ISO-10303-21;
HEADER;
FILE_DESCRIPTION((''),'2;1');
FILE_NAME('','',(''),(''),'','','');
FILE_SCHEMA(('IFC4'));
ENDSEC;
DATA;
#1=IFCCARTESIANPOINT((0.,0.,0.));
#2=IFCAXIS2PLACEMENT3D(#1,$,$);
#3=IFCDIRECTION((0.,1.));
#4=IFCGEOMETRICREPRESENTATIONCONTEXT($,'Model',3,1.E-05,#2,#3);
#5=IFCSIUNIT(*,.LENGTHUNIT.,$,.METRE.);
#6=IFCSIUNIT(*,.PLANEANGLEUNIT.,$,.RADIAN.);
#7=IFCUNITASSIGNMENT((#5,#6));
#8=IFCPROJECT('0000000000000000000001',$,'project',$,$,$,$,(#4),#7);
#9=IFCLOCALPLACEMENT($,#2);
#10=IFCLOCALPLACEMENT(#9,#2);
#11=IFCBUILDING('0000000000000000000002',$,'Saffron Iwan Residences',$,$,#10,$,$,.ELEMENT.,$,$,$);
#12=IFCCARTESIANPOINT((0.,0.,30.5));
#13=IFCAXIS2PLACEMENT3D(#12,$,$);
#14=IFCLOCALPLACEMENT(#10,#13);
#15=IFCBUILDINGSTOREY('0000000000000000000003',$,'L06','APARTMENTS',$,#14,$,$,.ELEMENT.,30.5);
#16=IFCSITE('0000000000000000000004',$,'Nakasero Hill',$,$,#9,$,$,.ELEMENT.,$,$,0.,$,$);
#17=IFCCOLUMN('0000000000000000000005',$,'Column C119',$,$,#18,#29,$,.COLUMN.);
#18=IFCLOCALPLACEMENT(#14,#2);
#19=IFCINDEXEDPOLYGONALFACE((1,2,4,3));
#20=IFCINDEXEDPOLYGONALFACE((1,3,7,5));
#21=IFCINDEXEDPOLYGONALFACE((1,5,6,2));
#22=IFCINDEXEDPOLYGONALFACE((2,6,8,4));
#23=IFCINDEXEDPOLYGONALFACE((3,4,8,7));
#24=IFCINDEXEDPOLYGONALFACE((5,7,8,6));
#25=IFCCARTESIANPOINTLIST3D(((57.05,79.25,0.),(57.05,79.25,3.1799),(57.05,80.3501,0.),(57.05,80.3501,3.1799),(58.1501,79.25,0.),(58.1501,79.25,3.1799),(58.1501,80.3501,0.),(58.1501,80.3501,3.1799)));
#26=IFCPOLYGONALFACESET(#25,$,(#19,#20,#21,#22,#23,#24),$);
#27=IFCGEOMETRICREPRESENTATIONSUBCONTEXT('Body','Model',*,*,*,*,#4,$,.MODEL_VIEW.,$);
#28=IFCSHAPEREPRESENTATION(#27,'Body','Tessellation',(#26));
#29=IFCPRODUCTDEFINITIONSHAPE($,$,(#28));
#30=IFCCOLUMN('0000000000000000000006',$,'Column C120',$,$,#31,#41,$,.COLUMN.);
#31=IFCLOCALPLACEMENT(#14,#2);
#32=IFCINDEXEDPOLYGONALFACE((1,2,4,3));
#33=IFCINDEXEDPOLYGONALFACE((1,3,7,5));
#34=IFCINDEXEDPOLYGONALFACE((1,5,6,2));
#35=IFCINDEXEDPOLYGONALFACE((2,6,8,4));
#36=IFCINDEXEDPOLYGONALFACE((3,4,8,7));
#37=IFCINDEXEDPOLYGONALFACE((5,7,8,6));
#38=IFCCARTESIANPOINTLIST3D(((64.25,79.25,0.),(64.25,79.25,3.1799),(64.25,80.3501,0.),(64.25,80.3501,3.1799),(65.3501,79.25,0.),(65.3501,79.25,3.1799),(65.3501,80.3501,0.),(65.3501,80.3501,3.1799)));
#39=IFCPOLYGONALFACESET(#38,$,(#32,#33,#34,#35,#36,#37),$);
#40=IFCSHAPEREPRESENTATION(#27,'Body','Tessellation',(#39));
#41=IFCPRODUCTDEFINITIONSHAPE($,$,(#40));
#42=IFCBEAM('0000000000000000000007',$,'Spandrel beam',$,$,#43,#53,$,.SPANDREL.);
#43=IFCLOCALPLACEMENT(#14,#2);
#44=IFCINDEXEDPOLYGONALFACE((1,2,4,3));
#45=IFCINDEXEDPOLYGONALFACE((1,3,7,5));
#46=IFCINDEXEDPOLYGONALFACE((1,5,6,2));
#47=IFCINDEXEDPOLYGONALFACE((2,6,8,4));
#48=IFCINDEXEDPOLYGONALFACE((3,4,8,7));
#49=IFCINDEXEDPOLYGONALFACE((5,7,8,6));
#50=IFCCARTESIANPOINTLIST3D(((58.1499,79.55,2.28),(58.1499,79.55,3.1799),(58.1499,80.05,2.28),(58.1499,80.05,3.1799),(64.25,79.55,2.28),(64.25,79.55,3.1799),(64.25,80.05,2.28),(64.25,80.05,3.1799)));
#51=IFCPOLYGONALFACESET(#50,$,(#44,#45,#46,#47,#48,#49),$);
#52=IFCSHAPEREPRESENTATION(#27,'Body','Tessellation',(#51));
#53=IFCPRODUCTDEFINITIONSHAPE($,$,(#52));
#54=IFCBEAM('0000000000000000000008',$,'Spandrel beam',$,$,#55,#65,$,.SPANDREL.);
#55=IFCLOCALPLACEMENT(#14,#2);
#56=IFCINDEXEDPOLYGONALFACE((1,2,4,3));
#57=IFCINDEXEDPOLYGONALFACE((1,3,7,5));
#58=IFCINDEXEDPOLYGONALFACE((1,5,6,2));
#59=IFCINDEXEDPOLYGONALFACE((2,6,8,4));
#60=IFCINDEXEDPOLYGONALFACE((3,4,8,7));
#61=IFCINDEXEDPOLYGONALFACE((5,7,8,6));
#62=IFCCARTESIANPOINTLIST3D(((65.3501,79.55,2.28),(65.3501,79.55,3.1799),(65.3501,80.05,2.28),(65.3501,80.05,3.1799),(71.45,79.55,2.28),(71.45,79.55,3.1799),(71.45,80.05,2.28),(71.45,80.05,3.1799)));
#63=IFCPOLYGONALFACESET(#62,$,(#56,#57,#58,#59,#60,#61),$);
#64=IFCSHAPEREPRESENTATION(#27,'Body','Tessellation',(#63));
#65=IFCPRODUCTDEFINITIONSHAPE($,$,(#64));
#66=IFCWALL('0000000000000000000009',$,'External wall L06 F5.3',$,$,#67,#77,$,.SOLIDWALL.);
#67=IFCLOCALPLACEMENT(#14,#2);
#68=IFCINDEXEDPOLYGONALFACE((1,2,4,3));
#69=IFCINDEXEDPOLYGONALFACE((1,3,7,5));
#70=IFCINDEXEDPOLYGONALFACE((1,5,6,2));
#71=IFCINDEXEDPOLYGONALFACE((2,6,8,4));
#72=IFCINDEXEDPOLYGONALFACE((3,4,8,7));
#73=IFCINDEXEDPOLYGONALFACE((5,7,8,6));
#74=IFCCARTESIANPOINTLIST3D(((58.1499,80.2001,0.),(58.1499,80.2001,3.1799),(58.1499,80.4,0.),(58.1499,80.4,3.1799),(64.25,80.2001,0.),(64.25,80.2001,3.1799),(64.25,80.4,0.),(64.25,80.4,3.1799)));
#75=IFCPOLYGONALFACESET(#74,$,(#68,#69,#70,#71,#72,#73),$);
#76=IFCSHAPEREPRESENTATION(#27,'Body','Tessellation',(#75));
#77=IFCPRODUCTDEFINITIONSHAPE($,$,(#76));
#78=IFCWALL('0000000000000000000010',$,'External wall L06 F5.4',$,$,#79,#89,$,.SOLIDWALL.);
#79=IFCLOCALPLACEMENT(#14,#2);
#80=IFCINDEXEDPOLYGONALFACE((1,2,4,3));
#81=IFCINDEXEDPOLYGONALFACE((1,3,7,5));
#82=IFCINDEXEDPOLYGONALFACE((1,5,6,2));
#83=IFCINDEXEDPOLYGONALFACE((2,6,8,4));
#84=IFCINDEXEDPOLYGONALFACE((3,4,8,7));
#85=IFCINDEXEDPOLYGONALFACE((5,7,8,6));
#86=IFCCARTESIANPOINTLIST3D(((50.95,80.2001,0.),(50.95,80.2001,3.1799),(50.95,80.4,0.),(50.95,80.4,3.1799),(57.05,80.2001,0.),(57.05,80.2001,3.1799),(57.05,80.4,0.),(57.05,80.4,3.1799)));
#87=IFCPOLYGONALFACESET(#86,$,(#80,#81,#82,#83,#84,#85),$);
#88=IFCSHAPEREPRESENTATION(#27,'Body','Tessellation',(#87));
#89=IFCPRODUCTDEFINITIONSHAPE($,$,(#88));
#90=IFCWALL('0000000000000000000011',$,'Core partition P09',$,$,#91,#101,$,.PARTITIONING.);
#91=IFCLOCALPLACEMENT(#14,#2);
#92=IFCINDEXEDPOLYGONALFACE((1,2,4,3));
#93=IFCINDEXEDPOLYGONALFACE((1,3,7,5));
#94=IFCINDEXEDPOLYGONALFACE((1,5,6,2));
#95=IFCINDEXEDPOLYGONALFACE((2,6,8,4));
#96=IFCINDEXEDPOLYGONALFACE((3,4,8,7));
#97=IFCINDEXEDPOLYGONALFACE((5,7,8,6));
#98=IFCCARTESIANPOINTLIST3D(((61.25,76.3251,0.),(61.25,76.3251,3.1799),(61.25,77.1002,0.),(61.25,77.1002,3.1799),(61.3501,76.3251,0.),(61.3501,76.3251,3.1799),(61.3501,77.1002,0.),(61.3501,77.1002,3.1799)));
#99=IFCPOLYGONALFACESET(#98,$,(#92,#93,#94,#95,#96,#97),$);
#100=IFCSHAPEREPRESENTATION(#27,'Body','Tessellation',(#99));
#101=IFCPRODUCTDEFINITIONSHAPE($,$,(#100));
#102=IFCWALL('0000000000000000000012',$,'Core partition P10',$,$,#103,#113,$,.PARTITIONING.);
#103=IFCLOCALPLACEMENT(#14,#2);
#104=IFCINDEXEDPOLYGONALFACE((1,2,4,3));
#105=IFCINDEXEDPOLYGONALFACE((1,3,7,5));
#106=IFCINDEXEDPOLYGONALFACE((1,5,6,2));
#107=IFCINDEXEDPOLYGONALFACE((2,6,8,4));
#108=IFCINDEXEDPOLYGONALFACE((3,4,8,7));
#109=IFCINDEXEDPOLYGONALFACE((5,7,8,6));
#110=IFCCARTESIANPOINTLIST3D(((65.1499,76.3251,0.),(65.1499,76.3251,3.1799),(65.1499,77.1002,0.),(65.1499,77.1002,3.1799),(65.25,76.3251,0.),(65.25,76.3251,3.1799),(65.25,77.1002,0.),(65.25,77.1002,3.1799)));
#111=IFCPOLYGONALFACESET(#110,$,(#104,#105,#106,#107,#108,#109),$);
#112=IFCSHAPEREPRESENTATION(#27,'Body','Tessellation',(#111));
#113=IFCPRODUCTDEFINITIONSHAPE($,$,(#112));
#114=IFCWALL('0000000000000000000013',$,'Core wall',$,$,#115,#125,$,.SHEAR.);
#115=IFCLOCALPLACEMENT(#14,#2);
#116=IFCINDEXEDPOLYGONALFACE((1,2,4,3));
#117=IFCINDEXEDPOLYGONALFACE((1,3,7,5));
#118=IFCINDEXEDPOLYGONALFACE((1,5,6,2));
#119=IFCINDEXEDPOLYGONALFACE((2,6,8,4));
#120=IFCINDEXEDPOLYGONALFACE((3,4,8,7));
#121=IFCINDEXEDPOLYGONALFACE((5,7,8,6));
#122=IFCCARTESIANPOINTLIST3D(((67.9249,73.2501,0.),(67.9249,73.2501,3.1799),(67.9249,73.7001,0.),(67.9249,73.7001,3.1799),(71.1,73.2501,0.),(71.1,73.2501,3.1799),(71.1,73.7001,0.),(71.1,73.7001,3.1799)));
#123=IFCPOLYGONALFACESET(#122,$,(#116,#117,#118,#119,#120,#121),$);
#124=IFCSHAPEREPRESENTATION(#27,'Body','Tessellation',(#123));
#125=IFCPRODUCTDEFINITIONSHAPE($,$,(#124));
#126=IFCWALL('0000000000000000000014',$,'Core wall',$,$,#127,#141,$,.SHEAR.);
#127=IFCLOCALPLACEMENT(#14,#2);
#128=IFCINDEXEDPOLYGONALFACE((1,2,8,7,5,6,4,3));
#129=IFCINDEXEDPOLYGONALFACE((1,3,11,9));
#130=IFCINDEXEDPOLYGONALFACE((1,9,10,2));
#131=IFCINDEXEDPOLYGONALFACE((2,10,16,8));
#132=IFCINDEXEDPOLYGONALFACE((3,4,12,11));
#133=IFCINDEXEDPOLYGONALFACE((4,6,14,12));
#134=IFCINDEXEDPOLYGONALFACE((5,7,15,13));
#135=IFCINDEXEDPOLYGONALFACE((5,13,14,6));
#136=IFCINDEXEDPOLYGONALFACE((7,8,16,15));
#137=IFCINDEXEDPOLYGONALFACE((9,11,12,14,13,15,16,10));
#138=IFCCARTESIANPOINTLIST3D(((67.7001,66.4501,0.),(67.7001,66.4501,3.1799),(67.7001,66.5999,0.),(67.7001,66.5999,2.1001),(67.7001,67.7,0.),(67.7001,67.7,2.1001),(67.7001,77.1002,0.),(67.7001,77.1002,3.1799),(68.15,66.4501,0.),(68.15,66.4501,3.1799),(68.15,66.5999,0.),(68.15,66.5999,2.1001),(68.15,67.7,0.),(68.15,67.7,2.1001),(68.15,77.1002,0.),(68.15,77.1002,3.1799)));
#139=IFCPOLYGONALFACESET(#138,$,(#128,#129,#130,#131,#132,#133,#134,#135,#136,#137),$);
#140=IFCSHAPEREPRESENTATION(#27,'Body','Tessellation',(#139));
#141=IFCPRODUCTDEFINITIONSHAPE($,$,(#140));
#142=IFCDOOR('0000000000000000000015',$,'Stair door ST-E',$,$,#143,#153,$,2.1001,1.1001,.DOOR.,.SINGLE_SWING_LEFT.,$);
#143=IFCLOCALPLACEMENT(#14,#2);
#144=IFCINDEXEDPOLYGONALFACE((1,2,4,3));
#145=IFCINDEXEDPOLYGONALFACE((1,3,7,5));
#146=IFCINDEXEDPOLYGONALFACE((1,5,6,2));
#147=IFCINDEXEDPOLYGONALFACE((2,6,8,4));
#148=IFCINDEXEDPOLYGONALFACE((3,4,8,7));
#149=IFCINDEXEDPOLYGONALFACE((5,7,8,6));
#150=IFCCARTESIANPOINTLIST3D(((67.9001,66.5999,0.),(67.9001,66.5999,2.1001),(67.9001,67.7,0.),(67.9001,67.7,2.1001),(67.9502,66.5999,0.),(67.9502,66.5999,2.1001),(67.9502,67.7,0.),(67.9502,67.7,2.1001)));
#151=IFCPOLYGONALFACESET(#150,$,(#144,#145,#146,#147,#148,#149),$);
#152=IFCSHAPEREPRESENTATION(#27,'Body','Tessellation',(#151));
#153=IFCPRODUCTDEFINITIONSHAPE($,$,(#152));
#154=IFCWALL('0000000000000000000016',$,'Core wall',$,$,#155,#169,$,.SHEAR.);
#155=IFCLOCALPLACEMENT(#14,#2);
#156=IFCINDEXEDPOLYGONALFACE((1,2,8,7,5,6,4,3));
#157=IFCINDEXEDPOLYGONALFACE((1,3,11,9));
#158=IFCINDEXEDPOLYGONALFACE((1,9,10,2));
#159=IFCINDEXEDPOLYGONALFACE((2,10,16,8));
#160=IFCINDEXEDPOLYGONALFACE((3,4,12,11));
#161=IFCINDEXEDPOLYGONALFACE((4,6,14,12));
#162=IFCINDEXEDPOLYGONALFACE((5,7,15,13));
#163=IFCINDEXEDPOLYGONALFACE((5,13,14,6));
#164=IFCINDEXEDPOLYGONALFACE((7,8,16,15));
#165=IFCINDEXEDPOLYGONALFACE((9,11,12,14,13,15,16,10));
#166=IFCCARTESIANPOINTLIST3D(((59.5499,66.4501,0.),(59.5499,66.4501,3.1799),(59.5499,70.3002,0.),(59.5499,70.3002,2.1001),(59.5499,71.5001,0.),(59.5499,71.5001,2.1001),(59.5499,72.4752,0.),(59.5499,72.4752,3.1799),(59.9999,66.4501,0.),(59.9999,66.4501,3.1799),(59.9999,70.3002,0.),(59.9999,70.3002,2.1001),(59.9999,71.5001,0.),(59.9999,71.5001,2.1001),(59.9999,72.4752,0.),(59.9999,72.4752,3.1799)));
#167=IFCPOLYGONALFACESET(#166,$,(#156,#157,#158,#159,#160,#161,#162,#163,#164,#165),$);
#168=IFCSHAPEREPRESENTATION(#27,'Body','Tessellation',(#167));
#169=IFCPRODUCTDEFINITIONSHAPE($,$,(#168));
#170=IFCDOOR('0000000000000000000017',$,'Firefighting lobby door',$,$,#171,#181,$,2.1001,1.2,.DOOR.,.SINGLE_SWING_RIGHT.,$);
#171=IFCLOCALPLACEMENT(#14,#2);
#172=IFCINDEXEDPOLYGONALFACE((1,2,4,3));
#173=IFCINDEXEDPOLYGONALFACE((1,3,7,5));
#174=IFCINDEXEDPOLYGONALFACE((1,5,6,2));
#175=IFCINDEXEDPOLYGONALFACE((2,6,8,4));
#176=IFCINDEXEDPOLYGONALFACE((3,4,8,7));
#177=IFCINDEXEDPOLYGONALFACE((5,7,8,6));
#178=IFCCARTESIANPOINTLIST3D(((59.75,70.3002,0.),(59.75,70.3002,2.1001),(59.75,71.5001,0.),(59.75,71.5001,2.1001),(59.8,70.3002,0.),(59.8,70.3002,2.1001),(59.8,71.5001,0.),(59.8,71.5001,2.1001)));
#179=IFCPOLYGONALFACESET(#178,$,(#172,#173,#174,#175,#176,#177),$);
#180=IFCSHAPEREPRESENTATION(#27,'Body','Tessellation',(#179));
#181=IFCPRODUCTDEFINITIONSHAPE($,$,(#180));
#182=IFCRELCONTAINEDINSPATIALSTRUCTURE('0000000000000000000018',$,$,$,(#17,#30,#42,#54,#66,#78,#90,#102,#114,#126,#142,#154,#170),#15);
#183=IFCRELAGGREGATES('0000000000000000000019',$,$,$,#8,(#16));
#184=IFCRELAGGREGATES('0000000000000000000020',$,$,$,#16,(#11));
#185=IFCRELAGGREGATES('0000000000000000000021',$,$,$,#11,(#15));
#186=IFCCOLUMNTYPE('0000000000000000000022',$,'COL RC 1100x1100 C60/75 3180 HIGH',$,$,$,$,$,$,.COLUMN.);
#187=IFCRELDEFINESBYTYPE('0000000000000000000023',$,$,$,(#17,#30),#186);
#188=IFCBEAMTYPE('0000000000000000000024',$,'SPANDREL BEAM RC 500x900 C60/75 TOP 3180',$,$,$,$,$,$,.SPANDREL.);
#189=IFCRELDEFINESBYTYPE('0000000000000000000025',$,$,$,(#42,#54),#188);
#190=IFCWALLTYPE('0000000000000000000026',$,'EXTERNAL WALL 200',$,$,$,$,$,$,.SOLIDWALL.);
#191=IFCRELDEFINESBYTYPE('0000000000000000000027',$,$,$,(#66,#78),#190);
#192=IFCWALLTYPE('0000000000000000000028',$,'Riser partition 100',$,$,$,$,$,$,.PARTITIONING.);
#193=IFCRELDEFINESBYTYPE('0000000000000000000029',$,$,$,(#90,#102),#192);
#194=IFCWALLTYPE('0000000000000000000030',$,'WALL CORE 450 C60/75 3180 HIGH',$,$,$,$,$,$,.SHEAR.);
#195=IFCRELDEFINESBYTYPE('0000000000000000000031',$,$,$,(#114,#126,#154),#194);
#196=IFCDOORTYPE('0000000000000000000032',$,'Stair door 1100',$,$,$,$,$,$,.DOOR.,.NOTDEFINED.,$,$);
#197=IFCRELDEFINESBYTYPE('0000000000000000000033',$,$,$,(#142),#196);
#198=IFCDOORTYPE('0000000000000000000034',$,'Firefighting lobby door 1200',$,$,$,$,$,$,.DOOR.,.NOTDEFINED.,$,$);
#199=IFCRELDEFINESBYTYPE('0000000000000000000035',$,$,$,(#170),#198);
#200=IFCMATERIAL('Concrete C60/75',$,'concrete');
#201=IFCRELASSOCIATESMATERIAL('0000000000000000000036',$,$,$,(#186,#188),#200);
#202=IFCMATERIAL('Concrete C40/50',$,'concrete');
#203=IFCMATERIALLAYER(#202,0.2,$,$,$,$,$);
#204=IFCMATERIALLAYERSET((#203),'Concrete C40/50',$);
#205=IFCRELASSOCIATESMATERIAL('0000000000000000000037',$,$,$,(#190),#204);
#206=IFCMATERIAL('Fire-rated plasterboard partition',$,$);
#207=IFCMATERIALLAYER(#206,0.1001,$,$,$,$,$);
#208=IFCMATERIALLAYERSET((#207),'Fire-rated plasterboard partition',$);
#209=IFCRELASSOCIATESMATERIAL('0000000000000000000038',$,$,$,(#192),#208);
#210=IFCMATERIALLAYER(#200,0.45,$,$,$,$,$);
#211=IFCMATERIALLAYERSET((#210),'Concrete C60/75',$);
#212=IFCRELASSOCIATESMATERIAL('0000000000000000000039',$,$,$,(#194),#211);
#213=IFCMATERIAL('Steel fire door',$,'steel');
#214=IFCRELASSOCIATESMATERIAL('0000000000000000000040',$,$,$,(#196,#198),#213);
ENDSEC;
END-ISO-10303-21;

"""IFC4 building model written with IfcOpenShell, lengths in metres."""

from ifc_helpers import new_model, si_unit, direction, frame, frame_2d, origin, origin_2d, place, context, subcontext, project, spatial, rectangle, extrude, source, transform, mapped, material, layer, layer_set, material_profile, profile_set, type_object, element, fill, save


model = new_model("IFC4")

# Units and contexts
model_context = context("Model", 3, precision=1e-05, world=origin(), true_north=direction((0.0, 1.0)))
body_context = subcontext(model_context, "Body", "Model", "MODEL_VIEW")
ifc_project = project(units=[si_unit("LENGTHUNIT", "METRE"), si_unit("PLANEANGLEUNIT", "RADIAN")], contexts=[model_context])

# Site, building, storey
site_placement = place(None, origin())
site = spatial("IfcSite", under=ifc_project, at=site_placement, Name="Nakasero Hill", CompositionType="ELEMENT", RefElevation=0.0)
building_placement = place(site_placement, origin())
building = spatial("IfcBuilding", under=site, at=building_placement, Name="Saffron Iwan Residences", CompositionType="ELEMENT")
storey_placement = place(building_placement, frame((0.0, 0.0, 30.5)))
storey = spatial("IfcBuildingStorey", under=building, at=storey_placement, Name="L06", Description="APARTMENTS", CompositionType="ELEMENT", Elevation=30.5)

# Columns
ifc_material_1 = material(Name="Concrete C60/75", Category="concrete")
ifc_material_profile_1 = material_profile(ifc_material_1, rectangle(XDim=1.1001, YDim=1.1001, at=origin_2d()), Name="RC 1100x1100")
ifc_profile_set_1 = profile_set([ifc_material_profile_1], Name="Concrete C60/75")
column_type = type_object("IfcColumnType", Name="COL RC 1100x1100 C60/75 3180 HIGH", PredefinedType="COLUMN", material=ifc_profile_set_1)
shared_shape_1 = source(origin(), body_context, "Body", "SweptSolid", [
    extrude(rectangle(XDim=1.1001, YDim=1.1001, at=origin_2d()), origin(), (0.0, 0.0, 1.0), 3.1799),
])
for number, where, z_axis, x_axis, name in (
    (1, (57.6001, 79.8, 0.0), (0.0, 0.0, 1.0), (1.0, 0.0, 0.0), "Column C119"),
    (2, (64.8, 79.8, 0.0), (0.0, 0.0, 1.0), (1.0, 0.0, 0.0), "Column C120"),
):
    element("IfcColumn", number, at=place(storey_placement, frame(where, z_axis=z_axis, x_axis=x_axis)), inside=storey, type_object=column_type, Name=name, PredefinedType="COLUMN", context=body_context, shape_type="MappedRepresentation", body=[
        mapped(shared_shape_1, transform((0.0, 0.0, 0.0))),
    ])

# Beams
ifc_material_profile_2 = material_profile(ifc_material_1, rectangle(XDim=0.5, YDim=0.8999, at=origin_2d()), Name="RC 500x900")
ifc_profile_set_2 = profile_set([ifc_material_profile_2], Name="Concrete C60/75")
beam_type = type_object("IfcBeamType", Name="SPANDREL BEAM RC 500x900 C60/75 TOP 3180", PredefinedType="SPANDREL", material=ifc_profile_set_2)
shared_shape_2 = source(origin(), body_context, "Body", "SweptSolid", [
    extrude(rectangle(XDim=0.5, YDim=0.8999, at=origin_2d()), origin(), (0.0, 0.0, 1.0), 6.1001),
])
beam_1_placement = place(storey_placement, frame((58.1499, 79.8, 2.73), z_axis=(1.0, 0.0, 0.0), x_axis=(0.0, 1.0, 0.0)))
element("IfcBeam", 3, at=beam_1_placement, inside=storey, type_object=beam_type, Name="Spandrel beam", PredefinedType="SPANDREL", context=body_context, shape_type="MappedRepresentation", body=[
    mapped(shared_shape_2, transform((0.0, 0.0, 0.0))),
])
shared_shape_3 = source(origin(), body_context, "Body", "SweptSolid", [
    extrude(rectangle(XDim=0.5, YDim=0.8999, at=origin_2d()), origin(), (0.0, 0.0, 1.0), 6.0999),
])
beam_2_placement = place(storey_placement, frame((65.3501, 79.8, 2.73), z_axis=(1.0, 0.0, 0.0), x_axis=(0.0, 1.0, 0.0)))
element("IfcBeam", 4, at=beam_2_placement, inside=storey, type_object=beam_type, Name="Spandrel beam", PredefinedType="SPANDREL", context=body_context, shape_type="MappedRepresentation", body=[
    mapped(shared_shape_3, transform((0.0, 0.0, 0.0))),
])

# Walls
ifc_material_2 = material(Name="Concrete C40/50", Category="concrete")
ifc_layer_1 = layer(ifc_material_2, 0.2)
ifc_layer_set_1 = layer_set([ifc_layer_1], Name="Concrete C40/50")
wall_type_1 = type_object("IfcWallType", Name="EXTERNAL WALL 200", PredefinedType="SOLIDWALL", material=ifc_layer_set_1)
for number, where, z_axis, x_axis, name in (
    (5, (64.25, 80.3, 0.0), (0.0, 0.0, 1.0), (-1.0, 0.0, 0.0), "External wall L06 F5.3"),
    (6, (57.05, 80.3, 0.0), (0.0, 0.0, 1.0), (-1.0, 0.0, 0.0), "External wall L06 F5.4"),
):
    element("IfcWall", number, at=place(storey_placement, frame(where, z_axis=z_axis, x_axis=x_axis)), inside=storey, type_object=wall_type_1, Name=name, PredefinedType="SOLIDWALL", context=body_context, shape_type="SweptSolid", body=[
        extrude(rectangle(XDim=6.1001, YDim=0.2, at=frame_2d((3.05, 0.0))), origin(), (0.0, 0.0, 1.0), 3.1799),
    ])
ifc_material_3 = material(Name="Fire-rated plasterboard partition")
ifc_layer_2 = layer(ifc_material_3, 0.1001)
ifc_layer_set_2 = layer_set([ifc_layer_2], Name="Fire-rated plasterboard partition")
wall_type_2 = type_object("IfcWallType", Name="Riser partition 100", PredefinedType="PARTITIONING", material=ifc_layer_set_2)
for number, where, z_axis, x_axis, name in (
    (7, (61.3, 76.325, 0.0), (0.0, 0.0, 1.0), (0.0, 1.0, 0.0), "Core partition P09"),
    (8, (65.2, 76.325, 0.0), (0.0, 0.0, 1.0), (0.0, 1.0, 0.0), "Core partition P10"),
):
    element("IfcWall", number, at=place(storey_placement, frame(where, z_axis=z_axis, x_axis=x_axis)), inside=storey, type_object=wall_type_2, Name=name, PredefinedType="PARTITIONING", context=body_context, shape_type="SweptSolid", body=[
        extrude(rectangle(XDim=0.7751, YDim=0.1001, at=frame_2d((0.3877, 0.0))), origin(), (0.0, 0.0, 1.0), 3.1799),
    ])
ifc_layer_3 = layer(ifc_material_1, 0.45)
ifc_layer_set_3 = layer_set([ifc_layer_3], Name="Concrete C60/75")
wall_type_3 = type_object("IfcWallType", Name="WALL CORE 450 C60/75 3180 HIGH", PredefinedType="SHEAR", material=ifc_layer_set_3)
wall_1_placement = place(storey_placement, frame((67.925, 73.4751, 0.0), z_axis=(0.0, 0.0, 1.0), x_axis=(1.0, 0.0, 0.0)))
element("IfcWall", 9, at=wall_1_placement, inside=storey, type_object=wall_type_3, Name="Core wall", PredefinedType="SHEAR", context=body_context, shape_type="SweptSolid", body=[
    extrude(rectangle(XDim=3.175, YDim=0.45, at=frame_2d((1.5874, 0.0))), origin(), (0.0, 0.0, 1.0), 3.1799),
])

# Walls, openings, doors
wall_2_placement = place(storey_placement, frame((67.925, 66.45, 0.0), z_axis=(0.0, 0.0, 1.0), x_axis=(0.0, 1.0, 0.0)))
wall_2 = element("IfcWall", 10, at=wall_2_placement, inside=storey, type_object=wall_type_3, Name="Core wall", PredefinedType="SHEAR", context=body_context, shape_type="SweptSolid", body=[
    extrude(rectangle(XDim=10.6501, YDim=0.45, at=frame_2d((5.3252, 0.0))), origin(), (0.0, 0.0, 1.0), 3.1799),
])
opening_1_placement = place(wall_2_placement, frame((0.1499, 0.0, 0.0)))
opening_1 = element("IfcOpeningElement", 11, at=opening_1_placement, cuts=wall_2, PredefinedType="OPENING", context=body_context, shape_type="SweptSolid", body=[
    extrude(rectangle(XDim=1.1001, YDim=2.1001, at=frame_2d((0.55, 1.05))), frame((0.0, 0.2349, 0.0), z_axis=(0.0, -1.0, 0.0), x_axis=(1.0, 0.0, 0.0)), (0.0, 0.0, 1.0), 0.47),
])
ifc_material_4 = material(Name="Steel fire door", Category="steel")
door_type_1 = type_object("IfcDoorType", Name="Stair door 1100", OperationType="NOTDEFINED", PredefinedType="DOOR", material=ifc_material_4)
door_1_placement = place(opening_1_placement, origin())
door_1 = element("IfcDoor", 12, at=door_1_placement, inside=storey, type_object=door_type_1, Name="Stair door ST-E", OperationType="SINGLE_SWING_LEFT", OverallHeight=2.1001, OverallWidth=1.1001, PredefinedType="DOOR", context=body_context, shape_type="SweptSolid", body=[
    extrude(rectangle(XDim=1.1001, YDim=2.1001, at=frame_2d((0.55, 1.05))), frame((0.0, 0.0249, 0.0), z_axis=(0.0, -1.0, 0.0), x_axis=(1.0, 0.0, 0.0)), (0.0, 0.0, 1.0), 0.05),
])
fill(opening_1, door_1)
wall_3_placement = place(storey_placement, frame((59.7749, 66.45, 0.0), z_axis=(0.0, 0.0, 1.0), x_axis=(0.0, 1.0, 0.0)))
wall_3 = element("IfcWall", 13, at=wall_3_placement, inside=storey, type_object=wall_type_3, Name="Core wall", PredefinedType="SHEAR", context=body_context, shape_type="SweptSolid", body=[
    extrude(rectangle(XDim=6.0251, YDim=0.45, at=frame_2d((3.0127, 0.0))), origin(), (0.0, 0.0, 1.0), 3.1799),
])
opening_2_placement = place(wall_3_placement, frame((3.8501, 0.0, 0.0)))
opening_2 = element("IfcOpeningElement", 14, at=opening_2_placement, cuts=wall_3, PredefinedType="OPENING", context=body_context, shape_type="SweptSolid", body=[
    extrude(rectangle(XDim=1.2, YDim=2.1001, at=frame_2d((0.6001, 1.05))), frame((0.0, 0.2349, 0.0), z_axis=(0.0, -1.0, 0.0), x_axis=(1.0, 0.0, 0.0)), (0.0, 0.0, 1.0), 0.47),
])
door_type_2 = type_object("IfcDoorType", Name="Firefighting lobby door 1200", OperationType="NOTDEFINED", PredefinedType="DOOR", material=ifc_material_4)
door_2_placement = place(opening_2_placement, origin())
door_2 = element("IfcDoor", 15, at=door_2_placement, inside=storey, type_object=door_type_2, Name="Firefighting lobby door", OperationType="SINGLE_SWING_RIGHT", OverallHeight=2.1001, OverallWidth=1.2, PredefinedType="DOOR", context=body_context, shape_type="SweptSolid", body=[
    extrude(rectangle(XDim=1.2, YDim=2.1001, at=frame_2d((0.6001, 1.05))), frame((0.0, 0.0249, 0.0), z_axis=(0.0, -1.0, 0.0), x_axis=(1.0, 0.0, 0.0)), (0.0, 0.0, 1.0), 0.05),
])
fill(opening_2, door_2)

save(model, "model.ifc")
